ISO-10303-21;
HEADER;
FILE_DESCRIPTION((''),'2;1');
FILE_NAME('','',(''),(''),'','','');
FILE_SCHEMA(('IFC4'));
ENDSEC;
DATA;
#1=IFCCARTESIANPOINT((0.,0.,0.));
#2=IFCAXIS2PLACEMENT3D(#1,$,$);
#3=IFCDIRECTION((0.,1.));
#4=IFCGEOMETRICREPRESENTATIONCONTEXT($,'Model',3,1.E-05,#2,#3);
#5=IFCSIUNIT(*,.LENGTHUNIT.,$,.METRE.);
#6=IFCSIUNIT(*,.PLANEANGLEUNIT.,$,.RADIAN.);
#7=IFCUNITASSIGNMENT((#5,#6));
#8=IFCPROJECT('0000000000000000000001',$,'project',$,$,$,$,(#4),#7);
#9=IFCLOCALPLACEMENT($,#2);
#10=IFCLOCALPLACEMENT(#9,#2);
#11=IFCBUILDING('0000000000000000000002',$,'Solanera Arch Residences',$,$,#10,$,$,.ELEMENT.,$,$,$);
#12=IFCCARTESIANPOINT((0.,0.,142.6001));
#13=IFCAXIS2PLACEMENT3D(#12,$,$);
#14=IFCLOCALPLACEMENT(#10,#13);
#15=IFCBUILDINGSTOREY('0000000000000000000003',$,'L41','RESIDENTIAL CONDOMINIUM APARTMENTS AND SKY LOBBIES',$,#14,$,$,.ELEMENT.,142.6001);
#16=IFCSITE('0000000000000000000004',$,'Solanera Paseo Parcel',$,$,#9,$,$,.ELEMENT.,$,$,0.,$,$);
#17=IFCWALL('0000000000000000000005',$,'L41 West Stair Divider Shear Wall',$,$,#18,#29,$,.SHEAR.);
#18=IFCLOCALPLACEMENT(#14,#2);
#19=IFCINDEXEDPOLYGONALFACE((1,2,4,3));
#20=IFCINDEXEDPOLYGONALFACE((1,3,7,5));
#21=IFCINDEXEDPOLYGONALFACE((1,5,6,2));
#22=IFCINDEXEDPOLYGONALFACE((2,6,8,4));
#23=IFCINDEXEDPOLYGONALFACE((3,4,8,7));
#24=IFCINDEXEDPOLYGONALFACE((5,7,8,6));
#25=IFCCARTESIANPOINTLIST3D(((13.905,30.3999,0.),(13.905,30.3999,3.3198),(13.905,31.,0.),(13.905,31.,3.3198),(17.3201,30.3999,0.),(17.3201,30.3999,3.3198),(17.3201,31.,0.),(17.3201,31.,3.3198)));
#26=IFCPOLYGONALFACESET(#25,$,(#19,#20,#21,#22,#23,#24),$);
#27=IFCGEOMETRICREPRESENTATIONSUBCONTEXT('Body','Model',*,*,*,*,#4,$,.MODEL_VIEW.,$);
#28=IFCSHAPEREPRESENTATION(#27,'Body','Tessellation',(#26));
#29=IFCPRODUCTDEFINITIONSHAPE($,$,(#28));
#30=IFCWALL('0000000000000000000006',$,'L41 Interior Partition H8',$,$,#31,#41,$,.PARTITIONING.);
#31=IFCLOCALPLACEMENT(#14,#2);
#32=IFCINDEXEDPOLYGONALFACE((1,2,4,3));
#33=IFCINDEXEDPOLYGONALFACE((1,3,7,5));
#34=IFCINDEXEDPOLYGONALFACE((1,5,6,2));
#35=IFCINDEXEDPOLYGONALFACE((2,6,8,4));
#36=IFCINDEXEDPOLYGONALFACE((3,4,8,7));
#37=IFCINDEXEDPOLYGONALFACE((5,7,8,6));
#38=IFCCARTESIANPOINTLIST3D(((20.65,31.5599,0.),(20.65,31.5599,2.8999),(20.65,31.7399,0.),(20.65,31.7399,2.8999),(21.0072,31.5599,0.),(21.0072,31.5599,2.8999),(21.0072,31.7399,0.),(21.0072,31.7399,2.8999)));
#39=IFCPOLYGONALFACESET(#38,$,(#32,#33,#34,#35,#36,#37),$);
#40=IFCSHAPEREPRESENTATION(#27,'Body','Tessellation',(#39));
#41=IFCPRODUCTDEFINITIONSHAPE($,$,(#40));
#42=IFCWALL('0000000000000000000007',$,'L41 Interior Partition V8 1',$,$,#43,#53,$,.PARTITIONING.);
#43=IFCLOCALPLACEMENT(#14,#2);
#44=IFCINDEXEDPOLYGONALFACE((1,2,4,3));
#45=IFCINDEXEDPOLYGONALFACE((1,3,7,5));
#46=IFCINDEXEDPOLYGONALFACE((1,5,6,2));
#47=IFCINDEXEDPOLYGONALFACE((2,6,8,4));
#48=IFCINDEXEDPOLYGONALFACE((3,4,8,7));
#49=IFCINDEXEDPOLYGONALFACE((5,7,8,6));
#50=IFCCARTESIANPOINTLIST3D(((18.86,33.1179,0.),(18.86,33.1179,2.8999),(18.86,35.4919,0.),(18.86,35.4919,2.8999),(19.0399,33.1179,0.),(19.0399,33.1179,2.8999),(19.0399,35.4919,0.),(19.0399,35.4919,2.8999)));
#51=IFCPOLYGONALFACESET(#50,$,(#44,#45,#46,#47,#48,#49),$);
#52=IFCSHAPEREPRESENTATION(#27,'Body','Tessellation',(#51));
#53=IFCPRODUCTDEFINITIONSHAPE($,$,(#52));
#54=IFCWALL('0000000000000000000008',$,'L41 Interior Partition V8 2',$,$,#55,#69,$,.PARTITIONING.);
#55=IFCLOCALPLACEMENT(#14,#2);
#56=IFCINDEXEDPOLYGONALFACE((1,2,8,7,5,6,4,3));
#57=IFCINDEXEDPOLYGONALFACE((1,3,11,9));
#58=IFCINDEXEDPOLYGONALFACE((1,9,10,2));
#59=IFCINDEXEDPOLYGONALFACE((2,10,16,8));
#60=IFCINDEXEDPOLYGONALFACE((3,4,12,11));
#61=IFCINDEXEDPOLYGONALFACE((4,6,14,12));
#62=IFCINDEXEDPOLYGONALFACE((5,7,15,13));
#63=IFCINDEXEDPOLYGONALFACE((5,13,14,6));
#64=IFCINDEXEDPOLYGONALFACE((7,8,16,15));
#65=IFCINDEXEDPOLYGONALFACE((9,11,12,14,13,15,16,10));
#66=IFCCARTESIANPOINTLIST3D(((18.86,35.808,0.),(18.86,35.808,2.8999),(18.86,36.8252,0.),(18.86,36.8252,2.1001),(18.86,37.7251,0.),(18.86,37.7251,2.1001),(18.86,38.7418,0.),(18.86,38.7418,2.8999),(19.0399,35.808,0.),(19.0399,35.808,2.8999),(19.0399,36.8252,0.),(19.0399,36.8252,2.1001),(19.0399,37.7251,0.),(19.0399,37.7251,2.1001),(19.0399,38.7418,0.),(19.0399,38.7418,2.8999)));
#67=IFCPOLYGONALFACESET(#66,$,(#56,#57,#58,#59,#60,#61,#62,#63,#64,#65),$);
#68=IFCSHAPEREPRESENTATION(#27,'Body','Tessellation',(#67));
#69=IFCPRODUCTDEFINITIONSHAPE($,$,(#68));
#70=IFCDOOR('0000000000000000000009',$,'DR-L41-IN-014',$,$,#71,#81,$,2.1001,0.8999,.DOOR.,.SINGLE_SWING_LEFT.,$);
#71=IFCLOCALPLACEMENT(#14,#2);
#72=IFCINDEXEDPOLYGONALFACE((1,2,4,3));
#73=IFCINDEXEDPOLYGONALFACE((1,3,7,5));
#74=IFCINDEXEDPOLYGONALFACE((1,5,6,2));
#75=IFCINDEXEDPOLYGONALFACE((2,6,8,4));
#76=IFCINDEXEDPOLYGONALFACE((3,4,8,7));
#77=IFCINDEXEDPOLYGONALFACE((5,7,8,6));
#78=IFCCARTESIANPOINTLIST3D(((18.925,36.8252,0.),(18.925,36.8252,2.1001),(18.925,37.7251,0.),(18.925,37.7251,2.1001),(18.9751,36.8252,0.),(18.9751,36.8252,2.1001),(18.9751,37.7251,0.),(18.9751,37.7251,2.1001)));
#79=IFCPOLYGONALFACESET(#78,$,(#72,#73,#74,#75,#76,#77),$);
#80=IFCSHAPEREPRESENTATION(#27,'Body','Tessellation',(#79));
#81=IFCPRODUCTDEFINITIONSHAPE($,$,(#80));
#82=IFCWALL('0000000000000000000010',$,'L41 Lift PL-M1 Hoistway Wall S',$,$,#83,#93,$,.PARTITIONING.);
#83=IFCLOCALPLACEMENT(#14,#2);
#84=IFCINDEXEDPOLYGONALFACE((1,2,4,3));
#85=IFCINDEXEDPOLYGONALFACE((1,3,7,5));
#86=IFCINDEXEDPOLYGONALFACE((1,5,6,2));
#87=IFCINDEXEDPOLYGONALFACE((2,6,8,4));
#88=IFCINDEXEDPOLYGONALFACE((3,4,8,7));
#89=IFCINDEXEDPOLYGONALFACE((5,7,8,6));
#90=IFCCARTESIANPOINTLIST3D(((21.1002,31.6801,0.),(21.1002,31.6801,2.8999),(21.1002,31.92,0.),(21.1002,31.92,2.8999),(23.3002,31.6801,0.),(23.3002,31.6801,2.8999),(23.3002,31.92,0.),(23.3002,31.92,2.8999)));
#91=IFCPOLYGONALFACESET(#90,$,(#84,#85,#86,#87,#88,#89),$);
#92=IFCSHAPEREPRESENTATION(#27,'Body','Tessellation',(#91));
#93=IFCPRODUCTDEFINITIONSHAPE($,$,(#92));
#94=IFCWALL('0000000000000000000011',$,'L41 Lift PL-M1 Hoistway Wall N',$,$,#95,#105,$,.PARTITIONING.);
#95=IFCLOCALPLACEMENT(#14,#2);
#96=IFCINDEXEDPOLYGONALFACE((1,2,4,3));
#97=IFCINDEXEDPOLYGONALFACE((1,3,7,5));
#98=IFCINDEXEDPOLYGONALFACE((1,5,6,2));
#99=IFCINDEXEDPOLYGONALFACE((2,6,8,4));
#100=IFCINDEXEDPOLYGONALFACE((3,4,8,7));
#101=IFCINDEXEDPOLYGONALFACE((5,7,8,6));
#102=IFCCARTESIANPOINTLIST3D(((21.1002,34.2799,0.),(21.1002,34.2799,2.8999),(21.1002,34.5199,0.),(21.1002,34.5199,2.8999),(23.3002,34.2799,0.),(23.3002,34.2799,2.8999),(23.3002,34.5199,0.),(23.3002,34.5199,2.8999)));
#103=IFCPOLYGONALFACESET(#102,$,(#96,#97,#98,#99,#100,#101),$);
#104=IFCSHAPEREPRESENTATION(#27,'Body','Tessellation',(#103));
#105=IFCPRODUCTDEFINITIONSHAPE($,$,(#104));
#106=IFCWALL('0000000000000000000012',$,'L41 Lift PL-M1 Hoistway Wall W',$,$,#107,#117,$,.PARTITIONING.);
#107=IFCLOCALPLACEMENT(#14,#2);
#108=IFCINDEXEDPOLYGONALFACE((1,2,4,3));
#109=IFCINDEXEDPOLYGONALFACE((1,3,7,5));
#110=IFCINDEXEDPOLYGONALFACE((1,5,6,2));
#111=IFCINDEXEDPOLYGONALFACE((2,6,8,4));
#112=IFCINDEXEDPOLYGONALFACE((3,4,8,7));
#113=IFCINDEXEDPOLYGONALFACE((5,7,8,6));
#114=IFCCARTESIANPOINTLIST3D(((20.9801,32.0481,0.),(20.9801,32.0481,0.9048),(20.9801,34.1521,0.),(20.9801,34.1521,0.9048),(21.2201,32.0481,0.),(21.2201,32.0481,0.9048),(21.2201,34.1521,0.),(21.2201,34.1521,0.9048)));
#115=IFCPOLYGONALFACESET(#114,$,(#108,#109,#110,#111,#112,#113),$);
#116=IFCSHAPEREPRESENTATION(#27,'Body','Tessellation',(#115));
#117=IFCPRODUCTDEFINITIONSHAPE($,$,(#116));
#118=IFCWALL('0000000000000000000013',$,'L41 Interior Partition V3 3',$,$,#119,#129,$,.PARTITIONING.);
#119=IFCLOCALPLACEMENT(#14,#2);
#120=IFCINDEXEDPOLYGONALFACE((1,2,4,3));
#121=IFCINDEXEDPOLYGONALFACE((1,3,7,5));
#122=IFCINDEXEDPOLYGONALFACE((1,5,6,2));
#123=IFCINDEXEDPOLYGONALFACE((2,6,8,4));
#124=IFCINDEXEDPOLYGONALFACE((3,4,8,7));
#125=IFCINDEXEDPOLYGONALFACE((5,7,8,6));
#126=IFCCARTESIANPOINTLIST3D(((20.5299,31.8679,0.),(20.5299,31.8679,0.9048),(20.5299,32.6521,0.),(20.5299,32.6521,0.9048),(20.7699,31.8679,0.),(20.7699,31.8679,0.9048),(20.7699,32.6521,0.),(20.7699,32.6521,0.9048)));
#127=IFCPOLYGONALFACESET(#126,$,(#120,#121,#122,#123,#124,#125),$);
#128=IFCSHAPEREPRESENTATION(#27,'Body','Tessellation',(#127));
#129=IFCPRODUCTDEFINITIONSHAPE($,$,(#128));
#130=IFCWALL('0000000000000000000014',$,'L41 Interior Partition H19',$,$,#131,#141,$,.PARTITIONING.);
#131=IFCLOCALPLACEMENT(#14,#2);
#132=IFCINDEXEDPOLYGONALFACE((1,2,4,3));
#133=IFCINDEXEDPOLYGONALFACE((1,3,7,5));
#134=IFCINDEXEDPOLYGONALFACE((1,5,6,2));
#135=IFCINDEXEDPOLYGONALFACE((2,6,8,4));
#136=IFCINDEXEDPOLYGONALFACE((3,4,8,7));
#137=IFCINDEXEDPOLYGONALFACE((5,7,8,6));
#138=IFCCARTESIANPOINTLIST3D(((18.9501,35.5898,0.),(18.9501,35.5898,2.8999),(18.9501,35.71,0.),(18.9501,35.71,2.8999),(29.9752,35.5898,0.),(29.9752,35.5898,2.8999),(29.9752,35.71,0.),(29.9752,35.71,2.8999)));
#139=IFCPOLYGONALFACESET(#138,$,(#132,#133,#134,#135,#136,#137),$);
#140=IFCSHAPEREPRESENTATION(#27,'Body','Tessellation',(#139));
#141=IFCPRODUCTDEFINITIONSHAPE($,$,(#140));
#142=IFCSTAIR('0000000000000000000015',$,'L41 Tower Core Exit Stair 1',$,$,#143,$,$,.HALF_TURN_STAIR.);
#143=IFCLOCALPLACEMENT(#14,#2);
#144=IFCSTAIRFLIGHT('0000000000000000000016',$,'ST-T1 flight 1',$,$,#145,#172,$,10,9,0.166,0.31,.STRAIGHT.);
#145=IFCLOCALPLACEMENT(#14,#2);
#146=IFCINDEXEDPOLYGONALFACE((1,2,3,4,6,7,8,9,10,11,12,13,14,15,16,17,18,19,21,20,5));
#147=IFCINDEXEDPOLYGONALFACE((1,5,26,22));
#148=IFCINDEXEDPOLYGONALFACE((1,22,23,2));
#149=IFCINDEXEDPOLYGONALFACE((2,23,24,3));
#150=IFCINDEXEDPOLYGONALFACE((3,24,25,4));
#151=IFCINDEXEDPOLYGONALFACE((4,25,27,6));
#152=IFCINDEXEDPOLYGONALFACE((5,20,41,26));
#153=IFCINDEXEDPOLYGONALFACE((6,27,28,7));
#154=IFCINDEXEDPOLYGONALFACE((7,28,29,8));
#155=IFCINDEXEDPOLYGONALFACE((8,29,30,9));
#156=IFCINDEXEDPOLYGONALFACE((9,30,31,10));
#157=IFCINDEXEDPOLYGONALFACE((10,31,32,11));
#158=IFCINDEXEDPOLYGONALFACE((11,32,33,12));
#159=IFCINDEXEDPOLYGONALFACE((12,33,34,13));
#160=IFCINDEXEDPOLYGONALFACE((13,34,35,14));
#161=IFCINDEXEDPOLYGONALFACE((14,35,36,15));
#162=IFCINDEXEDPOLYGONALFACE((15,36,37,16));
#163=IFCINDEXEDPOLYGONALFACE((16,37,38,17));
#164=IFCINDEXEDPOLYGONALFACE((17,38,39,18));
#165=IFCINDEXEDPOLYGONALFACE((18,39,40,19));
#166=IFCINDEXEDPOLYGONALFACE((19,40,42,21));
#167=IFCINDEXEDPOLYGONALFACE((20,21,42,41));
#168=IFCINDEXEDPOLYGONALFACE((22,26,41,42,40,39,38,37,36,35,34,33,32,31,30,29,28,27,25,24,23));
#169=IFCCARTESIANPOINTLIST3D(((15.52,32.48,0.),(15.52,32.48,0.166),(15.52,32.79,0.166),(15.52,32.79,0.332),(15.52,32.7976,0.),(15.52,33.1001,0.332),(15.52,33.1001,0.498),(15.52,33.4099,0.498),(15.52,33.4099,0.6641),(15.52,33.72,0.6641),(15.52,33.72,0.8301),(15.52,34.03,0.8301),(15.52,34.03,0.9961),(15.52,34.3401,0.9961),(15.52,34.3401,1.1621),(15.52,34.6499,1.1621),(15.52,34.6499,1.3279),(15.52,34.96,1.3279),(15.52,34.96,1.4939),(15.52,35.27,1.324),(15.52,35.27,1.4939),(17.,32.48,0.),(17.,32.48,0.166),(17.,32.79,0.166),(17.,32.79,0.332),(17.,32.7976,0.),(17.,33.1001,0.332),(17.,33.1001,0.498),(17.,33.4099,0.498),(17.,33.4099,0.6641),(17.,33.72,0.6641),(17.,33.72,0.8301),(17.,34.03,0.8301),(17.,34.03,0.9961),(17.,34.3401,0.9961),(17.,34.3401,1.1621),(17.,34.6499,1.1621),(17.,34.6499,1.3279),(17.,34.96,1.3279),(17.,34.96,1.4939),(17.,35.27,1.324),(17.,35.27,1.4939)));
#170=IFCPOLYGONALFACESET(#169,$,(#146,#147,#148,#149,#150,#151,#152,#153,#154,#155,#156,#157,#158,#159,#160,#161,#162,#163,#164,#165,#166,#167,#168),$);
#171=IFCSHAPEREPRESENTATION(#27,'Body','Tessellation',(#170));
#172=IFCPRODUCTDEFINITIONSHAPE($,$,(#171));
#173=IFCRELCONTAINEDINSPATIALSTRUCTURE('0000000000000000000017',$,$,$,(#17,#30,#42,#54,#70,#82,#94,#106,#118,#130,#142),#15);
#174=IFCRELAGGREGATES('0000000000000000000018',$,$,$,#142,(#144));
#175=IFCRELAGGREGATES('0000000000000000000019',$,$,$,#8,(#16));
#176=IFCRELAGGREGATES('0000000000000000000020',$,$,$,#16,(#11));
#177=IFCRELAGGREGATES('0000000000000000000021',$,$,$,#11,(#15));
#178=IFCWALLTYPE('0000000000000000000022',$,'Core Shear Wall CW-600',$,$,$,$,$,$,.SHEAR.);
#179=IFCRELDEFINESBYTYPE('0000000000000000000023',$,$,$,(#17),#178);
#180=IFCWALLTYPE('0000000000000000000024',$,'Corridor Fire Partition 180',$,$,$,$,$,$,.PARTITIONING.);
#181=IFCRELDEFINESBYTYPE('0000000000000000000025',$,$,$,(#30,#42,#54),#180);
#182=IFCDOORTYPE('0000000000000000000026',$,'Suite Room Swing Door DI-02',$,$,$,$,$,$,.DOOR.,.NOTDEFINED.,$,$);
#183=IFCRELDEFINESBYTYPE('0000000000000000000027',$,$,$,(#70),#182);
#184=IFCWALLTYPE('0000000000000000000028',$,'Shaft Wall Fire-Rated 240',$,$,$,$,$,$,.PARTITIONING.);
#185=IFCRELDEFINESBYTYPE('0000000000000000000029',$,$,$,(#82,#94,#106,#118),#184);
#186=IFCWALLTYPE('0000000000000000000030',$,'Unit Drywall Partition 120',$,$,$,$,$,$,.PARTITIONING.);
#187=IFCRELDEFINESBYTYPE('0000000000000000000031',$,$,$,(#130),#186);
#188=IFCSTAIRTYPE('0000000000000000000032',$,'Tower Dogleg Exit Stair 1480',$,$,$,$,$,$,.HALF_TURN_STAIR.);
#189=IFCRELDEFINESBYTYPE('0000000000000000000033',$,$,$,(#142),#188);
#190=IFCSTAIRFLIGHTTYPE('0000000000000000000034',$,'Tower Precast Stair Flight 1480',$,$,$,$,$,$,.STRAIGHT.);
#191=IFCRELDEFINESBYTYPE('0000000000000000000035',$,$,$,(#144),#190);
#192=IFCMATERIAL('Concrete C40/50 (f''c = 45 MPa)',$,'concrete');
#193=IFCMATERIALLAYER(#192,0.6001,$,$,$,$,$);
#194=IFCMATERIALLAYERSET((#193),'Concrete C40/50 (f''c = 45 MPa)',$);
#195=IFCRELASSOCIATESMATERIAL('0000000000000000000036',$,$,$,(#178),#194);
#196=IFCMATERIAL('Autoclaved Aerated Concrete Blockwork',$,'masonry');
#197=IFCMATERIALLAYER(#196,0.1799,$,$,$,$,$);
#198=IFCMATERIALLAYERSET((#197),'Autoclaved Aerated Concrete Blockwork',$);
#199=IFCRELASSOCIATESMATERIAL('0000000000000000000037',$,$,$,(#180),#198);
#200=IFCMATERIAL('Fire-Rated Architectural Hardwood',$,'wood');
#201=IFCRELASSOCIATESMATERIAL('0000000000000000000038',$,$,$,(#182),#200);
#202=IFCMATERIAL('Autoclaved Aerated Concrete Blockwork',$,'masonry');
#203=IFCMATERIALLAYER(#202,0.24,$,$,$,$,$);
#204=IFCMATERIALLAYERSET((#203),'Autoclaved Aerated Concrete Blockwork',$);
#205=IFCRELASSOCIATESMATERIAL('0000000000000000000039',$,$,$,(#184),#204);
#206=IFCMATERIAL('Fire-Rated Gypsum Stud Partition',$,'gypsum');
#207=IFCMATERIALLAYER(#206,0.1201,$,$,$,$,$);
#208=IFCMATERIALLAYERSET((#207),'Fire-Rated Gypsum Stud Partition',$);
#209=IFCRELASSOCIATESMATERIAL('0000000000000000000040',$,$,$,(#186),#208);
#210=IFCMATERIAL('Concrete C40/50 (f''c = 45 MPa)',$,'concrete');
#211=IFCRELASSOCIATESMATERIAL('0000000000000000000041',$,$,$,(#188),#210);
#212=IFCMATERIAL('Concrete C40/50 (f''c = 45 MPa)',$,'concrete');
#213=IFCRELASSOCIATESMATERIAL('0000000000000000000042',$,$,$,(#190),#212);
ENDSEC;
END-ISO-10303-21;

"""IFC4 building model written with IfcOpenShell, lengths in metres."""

from ifc_helpers import new_model, si_unit, direction, frame, frame_2d, origin, place, context, subcontext, project, spatial, polyline, rectangle, outline, extrude, material, layer, layer_set, type_object, element, fill, aggregate, save


model = new_model("IFC4")

# Units and contexts
model_context = context("Model", 3, precision=1e-05, world=origin(), true_north=direction((0.0, 1.0)))
body_context = subcontext(model_context, "Body", "Model", "MODEL_VIEW")
ifc_project = project(units=[si_unit("LENGTHUNIT", "METRE"), si_unit("PLANEANGLEUNIT", "RADIAN")], contexts=[model_context])

# Site, building, storey
site_placement = place(None, origin())
site = spatial("IfcSite", under=ifc_project, at=site_placement, Name="Solanera Paseo Parcel", CompositionType="ELEMENT", RefElevation=0.0)
building_placement = place(site_placement, origin())
building = spatial("IfcBuilding", under=site, at=building_placement, Name="Solanera Arch Residences", CompositionType="ELEMENT")
storey_placement = place(building_placement, frame((0.0, 0.0, 142.6001)))
storey = spatial("IfcBuildingStorey", under=building, at=storey_placement, Name="L41", Description="RESIDENTIAL CONDOMINIUM APARTMENTS AND SKY LOBBIES", CompositionType="ELEMENT", Elevation=142.6001)

# Walls
ifc_material_1 = material(Name="Concrete C40/50 (f'c = 45 MPa)", Category="concrete")
ifc_layer_1 = layer(ifc_material_1, 0.6001)
ifc_layer_set_1 = layer_set([ifc_layer_1], Name="Concrete C40/50 (f'c = 45 MPa)")
wall_type_1 = type_object("IfcWallType", Name="Core Shear Wall CW-600", PredefinedType="SHEAR", material=ifc_layer_set_1)
wall_1_placement = place(storey_placement, frame((13.905, 30.7, 0.0), z_axis=(0.0, 0.0, 1.0), x_axis=(1.0, 0.0, 0.0)))
element("IfcWall", 1, at=wall_1_placement, inside=storey, type_object=wall_type_1, Name="L41 West Stair Divider Shear Wall", PredefinedType="SHEAR", context=body_context, shape_type="SweptSolid", body=[
    extrude(rectangle(XDim=3.415, YDim=0.6001, at=frame_2d((1.7075, 0.0))), origin(), (0.0, 0.0, 1.0), 3.3198),
])
ifc_material_2 = material(Name="Autoclaved Aerated Concrete Blockwork", Category="masonry")
ifc_layer_2 = layer(ifc_material_2, 0.1799)
ifc_layer_set_2 = layer_set([ifc_layer_2], Name="Autoclaved Aerated Concrete Blockwork")
wall_type_2 = type_object("IfcWallType", Name="Corridor Fire Partition 180", PredefinedType="PARTITIONING", material=ifc_layer_set_2)
wall_2_placement = place(storey_placement, frame((20.6499, 31.6499, 0.0), z_axis=(0.0, 0.0, 1.0), x_axis=(1.0, 0.0, 0.0)))
element("IfcWall", 2, at=wall_2_placement, inside=storey, type_object=wall_type_2, Name="L41 Interior Partition H8", PredefinedType="PARTITIONING", context=body_context, shape_type="SweptSolid", body=[
    extrude(rectangle(XDim=0.3572, YDim=0.1799, at=frame_2d((0.1787, 0.0))), origin(), (0.0, 0.0, 1.0), 2.8999),
])
wall_3_placement = place(storey_placement, frame((18.95, 33.1179, 0.0), z_axis=(0.0, 0.0, 1.0), x_axis=(0.0, 1.0, 0.0)))
element("IfcWall", 3, at=wall_3_placement, inside=storey, type_object=wall_type_2, Name="L41 Interior Partition V8 1", PredefinedType="PARTITIONING", context=body_context, shape_type="SweptSolid", body=[
    extrude(rectangle(XDim=2.374, YDim=0.1799, at=frame_2d((1.187, 0.0))), origin(), (0.0, 0.0, 1.0), 2.8999),
])

# Wall, opening, door
wall_4_placement = place(storey_placement, frame((18.95, 35.8081, 0.0), z_axis=(0.0, 0.0, 1.0), x_axis=(0.0, 1.0, 0.0)))
wall_4 = element("IfcWall", 4, at=wall_4_placement, inside=storey, type_object=wall_type_2, Name="L41 Interior Partition V8 2", PredefinedType="PARTITIONING", context=body_context, shape_type="SweptSolid", body=[
    extrude(rectangle(XDim=2.9338, YDim=0.1799, at=frame_2d((1.4668, 0.0))), origin(), (0.0, 0.0, 1.0), 2.8999),
])
opening_1_placement = place(wall_4_placement, frame((1.0171, 0.0, 0.0)))
opening_1 = element("IfcOpeningElement", 5, at=opening_1_placement, cuts=wall_4, PredefinedType="OPENING", context=body_context, shape_type="SweptSolid", body=[
    extrude(rectangle(XDim=0.8999, YDim=2.1001, at=frame_2d((0.45, 1.05))), frame((0.0, 0.1001, 0.0), z_axis=(0.0, -1.0, 0.0), x_axis=(1.0, 0.0, 0.0)), (0.0, 0.0, 1.0), 0.1999),
])
ifc_material_3 = material(Name="Fire-Rated Architectural Hardwood", Category="wood")
door_type_1 = type_object("IfcDoorType", Name="Suite Room Swing Door DI-02", OperationType="NOTDEFINED", PredefinedType="DOOR", material=ifc_material_3)
door_1_placement = place(opening_1_placement, origin())
door_1 = element("IfcDoor", 6, at=door_1_placement, inside=storey, type_object=door_type_1, Name="DR-L41-IN-014", OperationType="SINGLE_SWING_LEFT", OverallHeight=2.1001, OverallWidth=0.8999, PredefinedType="DOOR", context=body_context, shape_type="SweptSolid", body=[
    extrude(rectangle(XDim=0.8999, YDim=2.1001, at=frame_2d((0.45, 1.05))), frame((0.0, 0.0249, 0.0), z_axis=(0.0, -1.0, 0.0), x_axis=(1.0, 0.0, 0.0)), (0.0, 0.0, 1.0), 0.05),
])
fill(opening_1, door_1)

# Walls
ifc_material_4 = material(Name="Autoclaved Aerated Concrete Blockwork", Category="masonry")
ifc_layer_3 = layer(ifc_material_4, 0.24)
ifc_layer_set_3 = layer_set([ifc_layer_3], Name="Autoclaved Aerated Concrete Blockwork")
wall_type_3 = type_object("IfcWallType", Name="Shaft Wall Fire-Rated 240", PredefinedType="PARTITIONING", material=ifc_layer_set_3)
for number, where, z_axis, x_axis, name in (
    (7, (21.1001, 31.8, 0.0), (0.0, 0.0, 1.0), (1.0, 0.0, 0.0), "L41 Lift PL-M1 Hoistway Wall S"),
    (8, (21.1001, 34.3999, 0.0), (0.0, 0.0, 1.0), (1.0, 0.0, 0.0), "L41 Lift PL-M1 Hoistway Wall N"),
):
    element("IfcWall", number, at=place(storey_placement, frame(where, z_axis=z_axis, x_axis=x_axis)), inside=storey, type_object=wall_type_3, Name=name, PredefinedType="PARTITIONING", context=body_context, shape_type="SweptSolid", body=[
        extrude(rectangle(XDim=2.2, YDim=0.24, at=frame_2d((1.1001, 0.0))), origin(), (0.0, 0.0, 1.0), 2.8999),
    ])
wall_5_placement = place(storey_placement, frame((21.1001, 32.0481, 0.0), z_axis=(0.0, 0.0, 1.0), x_axis=(0.0, 1.0, 0.0)))
element("IfcWall", 9, at=wall_5_placement, inside=storey, type_object=wall_type_3, Name="L41 Lift PL-M1 Hoistway Wall W", PredefinedType="PARTITIONING", context=body_context, shape_type="SweptSolid", body=[
    extrude(rectangle(XDim=2.104, YDim=0.24, at=frame_2d((1.052, 0.0))), origin(), (0.0, 0.0, 1.0), 0.9048),
])

# Walls
wall_6_placement = place(storey_placement, frame((20.6499, 31.8679, 0.0), z_axis=(0.0, 0.0, 1.0), x_axis=(0.0, 1.0, 0.0)))
element("IfcWall", 10, at=wall_6_placement, inside=storey, type_object=wall_type_3, Name="L41 Interior Partition V3 3", PredefinedType="PARTITIONING", context=body_context, shape_type="SweptSolid", body=[
    extrude(rectangle(XDim=0.7842, YDim=0.24, at=frame_2d((0.3921, 0.0))), origin(), (0.0, 0.0, 1.0), 0.9048),
])
ifc_material_5 = material(Name="Fire-Rated Gypsum Stud Partition", Category="gypsum")
ifc_layer_4 = layer(ifc_material_5, 0.1201)
ifc_layer_set_4 = layer_set([ifc_layer_4], Name="Fire-Rated Gypsum Stud Partition")
wall_type_4 = type_object("IfcWallType", Name="Unit Drywall Partition 120", PredefinedType="PARTITIONING", material=ifc_layer_set_4)
wall_7_placement = place(storey_placement, frame((18.95, 35.6499, 0.0), z_axis=(0.0, 0.0, 1.0), x_axis=(1.0, 0.0, 0.0)))
element("IfcWall", 11, at=wall_7_placement, inside=storey, type_object=wall_type_4, Name="L41 Interior Partition H19", PredefinedType="PARTITIONING", context=body_context, shape_type="SweptSolid", body=[
    extrude(rectangle(XDim=11.0251, YDim=0.1201, at=frame_2d((5.5127, 0.0))), origin(), (0.0, 0.0, 1.0), 2.8999),
])

# Stair, stair flight
ifc_material_6 = material(Name="Concrete C40/50 (f'c = 45 MPa)", Category="concrete")
stair_type = type_object("IfcStairType", Name="Tower Dogleg Exit Stair 1480", PredefinedType="HALF_TURN_STAIR", material=ifc_material_6)
stair_placement = place(storey_placement, origin())
stair = element("IfcStair", 12, at=stair_placement, inside=storey, type_object=stair_type, Name="L41 Tower Core Exit Stair 1", PredefinedType="HALF_TURN_STAIR")
ifc_material_7 = material(Name="Concrete C40/50 (f'c = 45 MPa)", Category="concrete")
stair_flight_type = type_object("IfcStairFlightType", Name="Tower Precast Stair Flight 1480", PredefinedType="STRAIGHT", material=ifc_material_7)
stair_flight_1_placement = place(storey_placement, frame((16.26, 32.48, 0.0), z_axis=(0.0, 0.0, 1.0), x_axis=(0.0, 1.0, 0.0)))
stair_flight_1 = element("IfcStairFlight", 13, at=stair_flight_1_placement, type_object=stair_flight_type, Name="ST-T1 flight 1", NumberOfRisers=10, NumberOfTreads=9, PredefinedType="STRAIGHT", RiserHeight=0.166, TreadLength=0.31, context=body_context, shape_type="SweptSolid", body=[
    extrude(outline(polyline([(0.0, 0.0), (0.0, 0.166), (0.3101, 0.166), (0.3101, 0.332), (0.6201, 0.332), (0.6201, 0.498), (0.9299, 0.498), (0.9299, 0.6641), (1.24, 0.6641), (1.24, 0.8301), (1.55, 0.8301), (1.55, 0.9961), (1.8601, 0.9961), (1.8601, 1.1621), (2.1699, 1.1621), (2.1699, 1.3279), (2.48, 1.3279), (2.48, 1.4939), (2.79, 1.4939), (2.79, 1.6599), (2.79, 1.324), (0.3176, 0.0), (0.0, 0.0)])), frame((0.0, 0.74, 0.0), z_axis=(0.0, -1.0, 0.0), x_axis=(1.0, 0.0, 0.0)), (0.0, 0.0, 1.0), 1.48),
])
aggregate(stair, [stair_flight_1])

save(model, "model.ifc")
